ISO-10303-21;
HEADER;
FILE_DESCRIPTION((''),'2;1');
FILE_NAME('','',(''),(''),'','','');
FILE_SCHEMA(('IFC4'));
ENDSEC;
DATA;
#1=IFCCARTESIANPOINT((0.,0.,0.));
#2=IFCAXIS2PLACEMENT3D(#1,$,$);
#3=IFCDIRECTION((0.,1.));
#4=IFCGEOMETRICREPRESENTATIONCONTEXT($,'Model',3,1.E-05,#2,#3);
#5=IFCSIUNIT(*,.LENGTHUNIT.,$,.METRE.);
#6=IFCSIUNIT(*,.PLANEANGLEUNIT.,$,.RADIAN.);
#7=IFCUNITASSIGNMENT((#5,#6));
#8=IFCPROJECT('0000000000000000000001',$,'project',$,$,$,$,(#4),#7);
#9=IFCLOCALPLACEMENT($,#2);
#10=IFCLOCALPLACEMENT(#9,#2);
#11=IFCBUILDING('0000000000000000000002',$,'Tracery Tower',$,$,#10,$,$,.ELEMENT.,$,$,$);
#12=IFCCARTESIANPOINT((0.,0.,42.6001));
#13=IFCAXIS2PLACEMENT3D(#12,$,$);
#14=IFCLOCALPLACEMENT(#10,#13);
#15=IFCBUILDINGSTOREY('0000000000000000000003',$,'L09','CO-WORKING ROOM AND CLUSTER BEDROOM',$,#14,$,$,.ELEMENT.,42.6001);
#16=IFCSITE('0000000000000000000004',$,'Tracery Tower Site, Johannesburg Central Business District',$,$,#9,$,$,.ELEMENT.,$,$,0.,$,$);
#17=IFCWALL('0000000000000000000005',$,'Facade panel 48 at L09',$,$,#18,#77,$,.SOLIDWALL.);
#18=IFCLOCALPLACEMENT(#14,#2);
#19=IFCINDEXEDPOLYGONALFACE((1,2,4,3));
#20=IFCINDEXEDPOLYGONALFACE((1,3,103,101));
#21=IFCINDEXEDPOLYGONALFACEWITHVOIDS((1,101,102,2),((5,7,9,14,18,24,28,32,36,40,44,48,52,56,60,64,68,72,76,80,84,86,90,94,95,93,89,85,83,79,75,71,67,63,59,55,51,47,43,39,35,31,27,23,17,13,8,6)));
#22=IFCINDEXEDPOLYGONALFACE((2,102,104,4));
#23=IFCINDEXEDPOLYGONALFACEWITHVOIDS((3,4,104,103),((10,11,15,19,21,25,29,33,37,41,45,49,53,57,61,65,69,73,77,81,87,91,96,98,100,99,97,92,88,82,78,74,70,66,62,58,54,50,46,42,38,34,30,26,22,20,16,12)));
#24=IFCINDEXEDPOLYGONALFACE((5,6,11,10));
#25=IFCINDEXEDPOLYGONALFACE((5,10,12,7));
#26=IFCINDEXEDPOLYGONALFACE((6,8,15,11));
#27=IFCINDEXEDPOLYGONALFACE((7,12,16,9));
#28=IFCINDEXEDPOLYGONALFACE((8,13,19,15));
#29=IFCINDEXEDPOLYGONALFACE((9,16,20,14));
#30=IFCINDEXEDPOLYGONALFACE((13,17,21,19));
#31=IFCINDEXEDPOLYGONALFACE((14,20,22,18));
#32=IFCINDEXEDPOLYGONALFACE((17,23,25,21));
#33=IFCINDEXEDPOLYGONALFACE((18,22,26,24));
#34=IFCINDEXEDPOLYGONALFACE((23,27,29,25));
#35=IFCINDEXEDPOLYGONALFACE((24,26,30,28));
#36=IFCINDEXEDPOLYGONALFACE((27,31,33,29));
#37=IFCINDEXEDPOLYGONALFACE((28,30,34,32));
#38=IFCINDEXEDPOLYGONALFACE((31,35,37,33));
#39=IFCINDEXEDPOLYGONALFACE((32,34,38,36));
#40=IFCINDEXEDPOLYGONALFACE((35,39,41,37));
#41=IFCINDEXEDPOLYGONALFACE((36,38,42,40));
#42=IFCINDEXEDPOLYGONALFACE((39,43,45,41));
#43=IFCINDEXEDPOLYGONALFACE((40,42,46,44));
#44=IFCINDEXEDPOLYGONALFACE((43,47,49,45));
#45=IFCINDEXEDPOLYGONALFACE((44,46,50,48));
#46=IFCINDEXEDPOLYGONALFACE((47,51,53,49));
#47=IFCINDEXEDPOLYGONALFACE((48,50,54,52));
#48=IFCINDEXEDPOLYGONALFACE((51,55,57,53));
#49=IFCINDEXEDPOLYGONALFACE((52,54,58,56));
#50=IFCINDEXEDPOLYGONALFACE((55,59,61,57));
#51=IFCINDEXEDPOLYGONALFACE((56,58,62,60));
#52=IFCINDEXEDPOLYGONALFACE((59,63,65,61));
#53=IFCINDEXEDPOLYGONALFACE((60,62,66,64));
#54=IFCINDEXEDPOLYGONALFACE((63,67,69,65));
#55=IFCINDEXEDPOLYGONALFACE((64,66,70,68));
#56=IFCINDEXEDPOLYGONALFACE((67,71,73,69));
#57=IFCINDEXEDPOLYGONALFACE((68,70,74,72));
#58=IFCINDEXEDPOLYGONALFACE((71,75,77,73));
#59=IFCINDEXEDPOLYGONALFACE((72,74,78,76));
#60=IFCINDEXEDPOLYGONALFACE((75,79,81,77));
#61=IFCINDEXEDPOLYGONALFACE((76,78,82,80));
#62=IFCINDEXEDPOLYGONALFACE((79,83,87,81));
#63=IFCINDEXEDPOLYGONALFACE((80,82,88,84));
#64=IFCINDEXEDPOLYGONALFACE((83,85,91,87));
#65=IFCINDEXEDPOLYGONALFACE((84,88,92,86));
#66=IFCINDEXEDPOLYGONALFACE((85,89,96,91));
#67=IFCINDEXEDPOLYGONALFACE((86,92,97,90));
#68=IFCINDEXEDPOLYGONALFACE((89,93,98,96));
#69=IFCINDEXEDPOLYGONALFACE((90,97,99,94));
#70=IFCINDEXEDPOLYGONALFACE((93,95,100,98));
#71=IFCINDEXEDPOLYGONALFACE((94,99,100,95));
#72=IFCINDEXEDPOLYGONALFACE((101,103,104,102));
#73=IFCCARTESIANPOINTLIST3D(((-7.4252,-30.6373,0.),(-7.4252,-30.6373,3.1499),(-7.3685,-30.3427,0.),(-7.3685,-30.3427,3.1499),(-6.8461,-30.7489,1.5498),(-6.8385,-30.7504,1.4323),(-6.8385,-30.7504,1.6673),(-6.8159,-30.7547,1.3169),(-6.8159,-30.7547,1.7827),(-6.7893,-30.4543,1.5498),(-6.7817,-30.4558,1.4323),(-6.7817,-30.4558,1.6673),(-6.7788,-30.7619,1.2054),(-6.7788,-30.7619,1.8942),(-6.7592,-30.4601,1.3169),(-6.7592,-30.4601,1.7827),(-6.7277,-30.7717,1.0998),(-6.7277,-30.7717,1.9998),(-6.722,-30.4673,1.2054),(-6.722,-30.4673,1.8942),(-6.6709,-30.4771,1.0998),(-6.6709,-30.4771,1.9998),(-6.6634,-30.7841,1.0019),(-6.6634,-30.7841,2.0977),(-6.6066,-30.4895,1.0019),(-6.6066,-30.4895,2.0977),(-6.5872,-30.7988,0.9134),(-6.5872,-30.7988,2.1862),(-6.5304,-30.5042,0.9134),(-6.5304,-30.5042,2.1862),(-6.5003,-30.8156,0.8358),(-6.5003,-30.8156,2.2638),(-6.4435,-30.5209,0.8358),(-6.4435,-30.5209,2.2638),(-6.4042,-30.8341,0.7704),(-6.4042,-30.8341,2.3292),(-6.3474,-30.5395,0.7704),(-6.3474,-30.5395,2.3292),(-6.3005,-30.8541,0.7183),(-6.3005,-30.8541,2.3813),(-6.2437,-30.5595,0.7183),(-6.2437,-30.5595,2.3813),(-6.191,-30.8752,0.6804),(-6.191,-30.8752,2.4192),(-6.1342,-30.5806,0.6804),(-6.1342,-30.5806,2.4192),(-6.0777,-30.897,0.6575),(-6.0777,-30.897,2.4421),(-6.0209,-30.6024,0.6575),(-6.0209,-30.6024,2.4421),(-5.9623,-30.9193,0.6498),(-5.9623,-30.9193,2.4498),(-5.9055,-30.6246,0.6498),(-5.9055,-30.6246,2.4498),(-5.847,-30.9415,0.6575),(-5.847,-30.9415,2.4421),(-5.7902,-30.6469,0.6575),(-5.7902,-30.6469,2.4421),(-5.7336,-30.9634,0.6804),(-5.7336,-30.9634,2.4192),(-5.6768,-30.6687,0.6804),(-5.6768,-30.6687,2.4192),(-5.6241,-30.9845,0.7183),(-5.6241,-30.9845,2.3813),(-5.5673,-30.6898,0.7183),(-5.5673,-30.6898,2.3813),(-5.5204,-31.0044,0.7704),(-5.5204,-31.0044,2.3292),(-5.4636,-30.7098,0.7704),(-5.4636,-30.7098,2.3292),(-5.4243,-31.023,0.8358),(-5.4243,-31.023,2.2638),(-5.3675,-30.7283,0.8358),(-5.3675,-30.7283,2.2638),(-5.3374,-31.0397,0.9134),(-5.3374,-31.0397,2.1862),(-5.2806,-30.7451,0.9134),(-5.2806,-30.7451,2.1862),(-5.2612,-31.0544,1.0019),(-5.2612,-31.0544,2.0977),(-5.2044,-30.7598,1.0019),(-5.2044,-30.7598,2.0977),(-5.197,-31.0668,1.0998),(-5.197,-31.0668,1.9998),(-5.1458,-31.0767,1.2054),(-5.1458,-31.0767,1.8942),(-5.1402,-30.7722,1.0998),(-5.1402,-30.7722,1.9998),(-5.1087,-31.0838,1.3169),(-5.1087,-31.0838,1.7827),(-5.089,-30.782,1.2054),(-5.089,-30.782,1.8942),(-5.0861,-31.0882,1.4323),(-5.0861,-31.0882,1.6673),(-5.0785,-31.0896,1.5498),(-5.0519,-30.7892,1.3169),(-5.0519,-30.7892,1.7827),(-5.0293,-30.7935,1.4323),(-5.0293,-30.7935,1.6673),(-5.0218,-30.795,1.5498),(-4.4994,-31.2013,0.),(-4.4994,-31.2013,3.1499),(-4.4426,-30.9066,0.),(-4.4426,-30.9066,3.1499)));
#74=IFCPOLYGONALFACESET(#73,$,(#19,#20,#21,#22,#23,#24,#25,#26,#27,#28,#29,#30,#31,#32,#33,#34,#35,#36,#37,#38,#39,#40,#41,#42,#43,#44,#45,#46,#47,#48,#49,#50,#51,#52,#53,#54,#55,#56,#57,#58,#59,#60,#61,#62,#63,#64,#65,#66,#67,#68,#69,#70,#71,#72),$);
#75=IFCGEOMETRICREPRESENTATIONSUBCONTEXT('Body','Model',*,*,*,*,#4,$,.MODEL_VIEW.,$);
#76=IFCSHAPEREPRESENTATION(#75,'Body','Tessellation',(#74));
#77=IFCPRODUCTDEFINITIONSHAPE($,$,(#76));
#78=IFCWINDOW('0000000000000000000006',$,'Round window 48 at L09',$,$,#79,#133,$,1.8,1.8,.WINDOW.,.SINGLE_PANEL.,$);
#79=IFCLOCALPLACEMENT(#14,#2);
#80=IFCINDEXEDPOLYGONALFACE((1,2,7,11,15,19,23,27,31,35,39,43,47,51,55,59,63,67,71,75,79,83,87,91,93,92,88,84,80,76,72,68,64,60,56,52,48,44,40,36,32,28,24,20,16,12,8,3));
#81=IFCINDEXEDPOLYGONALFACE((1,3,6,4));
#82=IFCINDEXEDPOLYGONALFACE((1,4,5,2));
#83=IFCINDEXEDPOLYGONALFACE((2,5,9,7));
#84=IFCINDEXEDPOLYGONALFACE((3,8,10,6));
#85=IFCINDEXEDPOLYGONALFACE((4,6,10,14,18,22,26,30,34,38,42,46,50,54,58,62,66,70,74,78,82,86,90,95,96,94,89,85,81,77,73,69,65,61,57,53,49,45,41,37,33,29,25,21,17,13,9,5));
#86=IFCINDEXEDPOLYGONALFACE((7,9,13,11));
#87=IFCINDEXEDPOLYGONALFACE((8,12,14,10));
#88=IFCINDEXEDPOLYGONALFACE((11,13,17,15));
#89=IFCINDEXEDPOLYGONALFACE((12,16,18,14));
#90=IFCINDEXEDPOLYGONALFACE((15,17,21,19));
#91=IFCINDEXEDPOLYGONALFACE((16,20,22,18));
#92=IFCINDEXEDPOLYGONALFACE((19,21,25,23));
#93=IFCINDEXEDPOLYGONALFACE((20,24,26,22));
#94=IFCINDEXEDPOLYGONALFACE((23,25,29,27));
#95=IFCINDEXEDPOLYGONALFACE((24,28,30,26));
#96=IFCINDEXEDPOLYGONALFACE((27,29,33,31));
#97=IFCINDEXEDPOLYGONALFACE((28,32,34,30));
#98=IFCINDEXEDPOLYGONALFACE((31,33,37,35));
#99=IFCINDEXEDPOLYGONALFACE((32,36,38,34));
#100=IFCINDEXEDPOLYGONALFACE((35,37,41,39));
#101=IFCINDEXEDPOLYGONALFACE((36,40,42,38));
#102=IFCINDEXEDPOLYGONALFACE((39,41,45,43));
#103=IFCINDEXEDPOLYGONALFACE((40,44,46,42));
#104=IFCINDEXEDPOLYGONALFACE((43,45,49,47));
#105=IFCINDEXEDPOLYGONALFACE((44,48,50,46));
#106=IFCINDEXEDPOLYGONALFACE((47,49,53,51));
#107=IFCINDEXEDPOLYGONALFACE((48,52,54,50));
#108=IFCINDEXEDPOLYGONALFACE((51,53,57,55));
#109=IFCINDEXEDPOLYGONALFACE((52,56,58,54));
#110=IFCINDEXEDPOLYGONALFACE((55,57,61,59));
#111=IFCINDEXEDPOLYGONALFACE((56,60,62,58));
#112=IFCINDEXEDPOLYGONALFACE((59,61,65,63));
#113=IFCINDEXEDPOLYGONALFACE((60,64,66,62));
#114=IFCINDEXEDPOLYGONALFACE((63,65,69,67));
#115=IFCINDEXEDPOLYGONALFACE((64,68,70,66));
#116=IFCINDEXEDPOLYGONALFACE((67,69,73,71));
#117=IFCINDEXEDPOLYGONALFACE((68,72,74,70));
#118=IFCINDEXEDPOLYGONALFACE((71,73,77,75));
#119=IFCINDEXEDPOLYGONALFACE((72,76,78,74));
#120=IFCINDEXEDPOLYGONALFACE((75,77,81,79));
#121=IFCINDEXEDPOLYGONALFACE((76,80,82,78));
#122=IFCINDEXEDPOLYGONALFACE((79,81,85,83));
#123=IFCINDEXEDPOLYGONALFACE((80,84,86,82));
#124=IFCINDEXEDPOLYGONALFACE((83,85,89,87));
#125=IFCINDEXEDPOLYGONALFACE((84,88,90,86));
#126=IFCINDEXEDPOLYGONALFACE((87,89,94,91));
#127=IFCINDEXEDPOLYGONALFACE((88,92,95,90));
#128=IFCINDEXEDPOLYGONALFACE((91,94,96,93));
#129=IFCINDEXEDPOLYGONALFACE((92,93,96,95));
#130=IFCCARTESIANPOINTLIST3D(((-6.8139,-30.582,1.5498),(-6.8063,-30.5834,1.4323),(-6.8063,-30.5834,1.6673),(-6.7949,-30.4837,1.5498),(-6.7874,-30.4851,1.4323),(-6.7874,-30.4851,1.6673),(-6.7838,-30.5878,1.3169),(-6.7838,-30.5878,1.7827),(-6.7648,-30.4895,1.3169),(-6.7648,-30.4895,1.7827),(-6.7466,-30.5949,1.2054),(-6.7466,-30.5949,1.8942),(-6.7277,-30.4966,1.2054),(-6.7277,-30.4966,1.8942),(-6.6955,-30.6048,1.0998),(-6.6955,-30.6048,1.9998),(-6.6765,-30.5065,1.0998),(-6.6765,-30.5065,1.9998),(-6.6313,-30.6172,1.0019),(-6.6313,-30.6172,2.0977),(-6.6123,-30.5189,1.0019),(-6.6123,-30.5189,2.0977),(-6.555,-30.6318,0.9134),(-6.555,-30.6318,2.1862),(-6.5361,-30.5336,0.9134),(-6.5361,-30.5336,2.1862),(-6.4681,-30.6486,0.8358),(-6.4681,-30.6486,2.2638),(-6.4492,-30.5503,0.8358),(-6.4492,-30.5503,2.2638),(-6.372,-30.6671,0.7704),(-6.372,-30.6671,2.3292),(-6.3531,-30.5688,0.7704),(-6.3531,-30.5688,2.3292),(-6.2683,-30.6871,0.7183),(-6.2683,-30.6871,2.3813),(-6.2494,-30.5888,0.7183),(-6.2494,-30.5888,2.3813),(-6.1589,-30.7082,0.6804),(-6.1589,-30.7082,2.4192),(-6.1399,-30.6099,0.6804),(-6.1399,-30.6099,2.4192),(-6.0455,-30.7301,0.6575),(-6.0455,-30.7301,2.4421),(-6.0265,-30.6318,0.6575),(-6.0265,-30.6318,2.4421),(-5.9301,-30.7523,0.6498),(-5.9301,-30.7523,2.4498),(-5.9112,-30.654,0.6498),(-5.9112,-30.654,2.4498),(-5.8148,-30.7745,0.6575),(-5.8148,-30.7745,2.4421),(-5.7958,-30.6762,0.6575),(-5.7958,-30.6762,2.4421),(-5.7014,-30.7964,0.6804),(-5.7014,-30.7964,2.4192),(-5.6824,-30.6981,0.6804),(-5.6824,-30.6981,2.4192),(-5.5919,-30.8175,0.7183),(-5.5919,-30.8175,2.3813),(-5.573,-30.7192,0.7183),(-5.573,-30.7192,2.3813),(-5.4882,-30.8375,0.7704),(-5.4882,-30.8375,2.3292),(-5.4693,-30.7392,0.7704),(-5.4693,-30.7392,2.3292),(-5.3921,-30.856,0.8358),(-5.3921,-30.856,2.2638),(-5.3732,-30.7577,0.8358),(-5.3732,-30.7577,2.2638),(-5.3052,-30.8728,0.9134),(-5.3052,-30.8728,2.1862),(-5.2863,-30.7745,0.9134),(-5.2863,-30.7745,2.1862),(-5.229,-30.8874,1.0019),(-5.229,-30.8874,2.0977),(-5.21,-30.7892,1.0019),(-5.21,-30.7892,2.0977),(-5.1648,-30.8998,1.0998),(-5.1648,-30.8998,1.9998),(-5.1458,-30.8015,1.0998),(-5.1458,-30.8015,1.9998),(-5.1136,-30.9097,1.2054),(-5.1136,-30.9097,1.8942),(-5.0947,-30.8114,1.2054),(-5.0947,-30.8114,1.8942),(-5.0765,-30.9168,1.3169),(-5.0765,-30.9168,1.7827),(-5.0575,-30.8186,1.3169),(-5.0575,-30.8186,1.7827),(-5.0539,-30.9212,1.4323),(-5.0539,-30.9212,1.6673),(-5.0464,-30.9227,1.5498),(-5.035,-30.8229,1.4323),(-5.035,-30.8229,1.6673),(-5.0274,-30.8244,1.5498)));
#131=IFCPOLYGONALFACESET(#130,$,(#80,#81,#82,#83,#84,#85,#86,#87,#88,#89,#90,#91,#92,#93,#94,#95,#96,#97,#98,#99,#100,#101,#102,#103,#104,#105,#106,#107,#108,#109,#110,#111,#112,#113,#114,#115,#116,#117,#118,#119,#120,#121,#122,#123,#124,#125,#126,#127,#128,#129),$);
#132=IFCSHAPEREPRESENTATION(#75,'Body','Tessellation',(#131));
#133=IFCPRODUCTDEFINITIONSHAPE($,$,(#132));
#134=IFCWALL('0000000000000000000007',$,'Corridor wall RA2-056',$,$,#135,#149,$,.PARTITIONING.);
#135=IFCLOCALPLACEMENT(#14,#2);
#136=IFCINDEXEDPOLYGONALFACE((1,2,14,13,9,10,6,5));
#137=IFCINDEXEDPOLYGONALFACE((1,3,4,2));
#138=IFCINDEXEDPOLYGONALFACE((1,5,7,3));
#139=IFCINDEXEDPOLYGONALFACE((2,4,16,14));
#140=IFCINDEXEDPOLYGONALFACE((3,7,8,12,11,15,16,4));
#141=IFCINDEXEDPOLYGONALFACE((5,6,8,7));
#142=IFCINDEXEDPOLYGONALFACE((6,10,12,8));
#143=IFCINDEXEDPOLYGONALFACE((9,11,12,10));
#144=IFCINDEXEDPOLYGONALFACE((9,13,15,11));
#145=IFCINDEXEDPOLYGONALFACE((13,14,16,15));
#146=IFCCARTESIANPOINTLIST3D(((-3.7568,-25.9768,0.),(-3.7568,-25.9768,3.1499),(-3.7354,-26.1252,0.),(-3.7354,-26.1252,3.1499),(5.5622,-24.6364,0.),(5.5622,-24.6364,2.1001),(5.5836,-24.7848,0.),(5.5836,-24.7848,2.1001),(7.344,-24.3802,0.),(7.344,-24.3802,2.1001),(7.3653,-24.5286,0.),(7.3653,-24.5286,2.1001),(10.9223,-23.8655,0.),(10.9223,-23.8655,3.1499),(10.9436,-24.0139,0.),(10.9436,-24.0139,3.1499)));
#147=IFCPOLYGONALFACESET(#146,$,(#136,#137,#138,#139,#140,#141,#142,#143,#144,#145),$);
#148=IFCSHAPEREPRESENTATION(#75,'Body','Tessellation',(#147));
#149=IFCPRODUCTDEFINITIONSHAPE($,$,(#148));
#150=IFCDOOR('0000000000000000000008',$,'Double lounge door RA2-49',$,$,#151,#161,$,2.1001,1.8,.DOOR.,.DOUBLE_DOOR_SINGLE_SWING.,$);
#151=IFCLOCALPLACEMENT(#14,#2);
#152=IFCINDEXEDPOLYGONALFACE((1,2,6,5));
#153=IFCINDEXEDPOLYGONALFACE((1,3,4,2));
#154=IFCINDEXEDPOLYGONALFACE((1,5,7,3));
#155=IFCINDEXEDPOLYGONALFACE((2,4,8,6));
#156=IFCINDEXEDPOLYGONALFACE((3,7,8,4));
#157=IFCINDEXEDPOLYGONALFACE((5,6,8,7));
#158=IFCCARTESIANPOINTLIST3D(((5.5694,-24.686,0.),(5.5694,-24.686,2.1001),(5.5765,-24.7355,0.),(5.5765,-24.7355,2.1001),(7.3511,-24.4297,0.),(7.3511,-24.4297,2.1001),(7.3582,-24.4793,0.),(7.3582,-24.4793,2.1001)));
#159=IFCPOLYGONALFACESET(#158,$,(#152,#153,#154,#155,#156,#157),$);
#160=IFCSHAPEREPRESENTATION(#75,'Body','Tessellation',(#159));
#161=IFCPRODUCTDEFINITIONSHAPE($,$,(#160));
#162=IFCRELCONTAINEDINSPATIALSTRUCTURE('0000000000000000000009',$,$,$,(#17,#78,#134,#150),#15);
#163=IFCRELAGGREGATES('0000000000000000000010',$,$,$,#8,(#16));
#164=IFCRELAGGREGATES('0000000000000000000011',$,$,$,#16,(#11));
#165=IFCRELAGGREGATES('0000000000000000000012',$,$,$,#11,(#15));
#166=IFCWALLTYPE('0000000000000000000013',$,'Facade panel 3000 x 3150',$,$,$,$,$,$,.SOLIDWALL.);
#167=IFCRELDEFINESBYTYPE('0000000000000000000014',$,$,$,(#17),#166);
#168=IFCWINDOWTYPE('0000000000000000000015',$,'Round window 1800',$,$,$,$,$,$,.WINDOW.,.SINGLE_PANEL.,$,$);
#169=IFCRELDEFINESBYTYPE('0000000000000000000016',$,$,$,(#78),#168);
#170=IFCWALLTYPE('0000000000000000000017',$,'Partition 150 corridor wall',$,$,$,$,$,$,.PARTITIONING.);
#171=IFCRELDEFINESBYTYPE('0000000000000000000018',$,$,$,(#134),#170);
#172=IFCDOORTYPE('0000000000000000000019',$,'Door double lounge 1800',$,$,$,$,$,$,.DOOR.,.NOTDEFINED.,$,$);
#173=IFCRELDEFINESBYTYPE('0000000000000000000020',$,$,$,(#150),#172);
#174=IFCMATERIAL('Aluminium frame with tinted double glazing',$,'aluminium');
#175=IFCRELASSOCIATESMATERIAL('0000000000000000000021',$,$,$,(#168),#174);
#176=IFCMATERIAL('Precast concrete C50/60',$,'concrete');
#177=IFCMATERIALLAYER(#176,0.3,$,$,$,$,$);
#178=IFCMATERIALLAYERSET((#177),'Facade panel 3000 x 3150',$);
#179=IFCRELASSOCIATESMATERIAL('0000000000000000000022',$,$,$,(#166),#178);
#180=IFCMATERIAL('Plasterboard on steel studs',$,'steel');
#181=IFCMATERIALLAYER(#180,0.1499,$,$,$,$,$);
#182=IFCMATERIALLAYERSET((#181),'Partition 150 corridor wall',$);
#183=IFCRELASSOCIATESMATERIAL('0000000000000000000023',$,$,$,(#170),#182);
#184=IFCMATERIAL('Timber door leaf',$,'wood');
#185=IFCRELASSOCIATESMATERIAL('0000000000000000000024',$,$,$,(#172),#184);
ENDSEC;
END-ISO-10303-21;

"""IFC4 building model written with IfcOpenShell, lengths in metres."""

from ifc_helpers import new_model, si_unit, direction, frame, frame_2d, origin, origin_2d, place, context, subcontext, project, spatial, rectangle, circle, extrude, material, layer, layer_set, type_object, element, fill, save


model = new_model("IFC4")

# Units and contexts
model_context = context("Model", 3, precision=1e-05, world=origin(), true_north=direction((0.0, 1.0)))
body_context = subcontext(model_context, "Body", "Model", "MODEL_VIEW")
ifc_project = project(units=[si_unit("LENGTHUNIT", "METRE"), si_unit("PLANEANGLEUNIT", "RADIAN")], contexts=[model_context])

# Site, building, storey
site_placement = place(None, origin())
site = spatial("IfcSite", under=ifc_project, at=site_placement, Name="Tracery Tower Site, Johannesburg Central Business District", CompositionType="ELEMENT", RefElevation=0.0)
building_placement = place(site_placement, origin())
building = spatial("IfcBuilding", under=site, at=building_placement, Name="Tracery Tower", CompositionType="ELEMENT")
storey_placement = place(building_placement, frame((0.0, 0.0, 42.6001)))
storey = spatial("IfcBuildingStorey", under=building, at=storey_placement, Name="L09", Description="CO-WORKING ROOM AND CLUSTER BEDROOM", CompositionType="ELEMENT", Elevation=42.6001)

# Wall, opening, window
ifc_material_1 = material(Name="Aluminium frame with tinted double glazing", Category="aluminium")
window_type = type_object("IfcWindowType", Name="Round window 1800", PartitioningType="SINGLE_PANEL", PredefinedType="WINDOW", material=ifc_material_1)
ifc_material_2 = material(Name="Precast concrete C50/60", Category="concrete")
ifc_layer_1 = layer(ifc_material_2, 0.3)
ifc_layer_set_1 = layer_set([ifc_layer_1], Name="Facade panel 3000 x 3150")
wall_type_1 = type_object("IfcWallType", Name="Facade panel 3000 x 3150", PredefinedType="SOLIDWALL", material=ifc_layer_set_1)
wall_1_placement = place(storey_placement, frame((-7.3967, -30.49, 0.0), z_axis=(0.0, 0.0, 1.0), x_axis=(0.981925, -0.189273, 0.0)))
wall_1 = element("IfcWall", 1, at=wall_1_placement, inside=storey, type_object=wall_type_1, Name="Facade panel 48 at L09", PredefinedType="SOLIDWALL", context=body_context, shape_type="SweptSolid", body=[
    extrude(rectangle(XDim=2.9797, YDim=0.3, at=frame_2d((1.4897, 0.0))), origin(), (0.0, 0.0, 1.0), 3.1499),
])
opening_1_placement = place(wall_1_placement, frame((1.4897, 0.0, 1.5498)))
opening_1 = element("IfcOpeningElement", 2, at=opening_1_placement, cuts=wall_1, PredefinedType="OPENING", context=body_context, shape_type="SweptSolid", body=[
    extrude(circle(Radius=0.9, at=origin_2d()), frame((0.0, 0.1599, 0.0), z_axis=(0.0, -1.0, 0.0), x_axis=(1.0, 0.0, 0.0)), (0.0, 0.0, 1.0), 0.3201),
])
window_1_placement = place(opening_1_placement, origin())
window_1 = element("IfcWindow", 3, at=window_1_placement, inside=storey, type_object=window_type, Name="Round window 48 at L09", OverallHeight=1.8, OverallWidth=1.8, PartitioningType="SINGLE_PANEL", PredefinedType="WINDOW", context=body_context, shape_type="SweptSolid", body=[
    extrude(circle(Radius=0.9, at=origin_2d()), frame((0.0, 0.1201, 0.0), z_axis=(0.0, -1.0, 0.0), x_axis=(1.0, 0.0, 0.0)), (0.0, 0.0, 1.0), 0.1001),
])
fill(opening_1, window_1)

# Wall, opening, door
ifc_material_3 = material(Name="Plasterboard on steel studs", Category="steel")
ifc_layer_2 = layer(ifc_material_3, 0.1499)
ifc_layer_set_2 = layer_set([ifc_layer_2], Name="Partition 150 corridor wall")
wall_type_2 = type_object("IfcWallType", Name="Partition 150 corridor wall", PredefinedType="PARTITIONING", material=ifc_layer_set_2)
wall_2_placement = place(storey_placement, frame((-3.7461, -26.051, 0.0), z_axis=(0.0, 0.0, 1.0), x_axis=(0.989814, 0.142369, 0.0)))
wall_2 = element("IfcWall", 4, at=wall_2_placement, inside=storey, type_object=wall_type_2, Name="Corridor wall RA2-056", PredefinedType="PARTITIONING", context=body_context, shape_type="SweptSolid", body=[
    extrude(rectangle(XDim=14.8301, YDim=0.1499, at=frame_2d((7.415, 0.0))), origin(), (0.0, 0.0, 1.0), 3.1499),
])
opening_2_placement = place(wall_2_placement, frame((9.415, 0.0, 0.0)))
opening_2 = element("IfcOpeningElement", 5, at=opening_2_placement, cuts=wall_2, PredefinedType="OPENING", context=body_context, shape_type="SweptSolid", body=[
    extrude(rectangle(XDim=1.8, YDim=2.1001, at=frame_2d((0.8999, 1.05))), frame((0.0, 0.075, 0.0), z_axis=(0.0, -1.0, 0.0), x_axis=(1.0, 0.0, 0.0)), (0.0, 0.0, 1.0), 0.1499),
])
ifc_material_4 = material(Name="Timber door leaf", Category="wood")
door_type = type_object("IfcDoorType", Name="Door double lounge 1800", OperationType="NOTDEFINED", PredefinedType="DOOR", material=ifc_material_4)
door_placement = place(opening_2_placement, origin())
door = element("IfcDoor", 6, at=door_placement, inside=storey, type_object=door_type, Name="Double lounge door RA2-49", OperationType="DOUBLE_DOOR_SINGLE_SWING", OverallHeight=2.1001, OverallWidth=1.8, PredefinedType="DOOR", context=body_context, shape_type="SweptSolid", body=[
    extrude(rectangle(XDim=1.8, YDim=2.1001, at=frame_2d((0.8999, 1.05))), frame((0.0, 0.0249, 0.0), z_axis=(0.0, -1.0, 0.0), x_axis=(1.0, 0.0, 0.0)), (0.0, 0.0, 1.0), 0.05),
])
fill(opening_2, door)

save(model, "model.ifc")
